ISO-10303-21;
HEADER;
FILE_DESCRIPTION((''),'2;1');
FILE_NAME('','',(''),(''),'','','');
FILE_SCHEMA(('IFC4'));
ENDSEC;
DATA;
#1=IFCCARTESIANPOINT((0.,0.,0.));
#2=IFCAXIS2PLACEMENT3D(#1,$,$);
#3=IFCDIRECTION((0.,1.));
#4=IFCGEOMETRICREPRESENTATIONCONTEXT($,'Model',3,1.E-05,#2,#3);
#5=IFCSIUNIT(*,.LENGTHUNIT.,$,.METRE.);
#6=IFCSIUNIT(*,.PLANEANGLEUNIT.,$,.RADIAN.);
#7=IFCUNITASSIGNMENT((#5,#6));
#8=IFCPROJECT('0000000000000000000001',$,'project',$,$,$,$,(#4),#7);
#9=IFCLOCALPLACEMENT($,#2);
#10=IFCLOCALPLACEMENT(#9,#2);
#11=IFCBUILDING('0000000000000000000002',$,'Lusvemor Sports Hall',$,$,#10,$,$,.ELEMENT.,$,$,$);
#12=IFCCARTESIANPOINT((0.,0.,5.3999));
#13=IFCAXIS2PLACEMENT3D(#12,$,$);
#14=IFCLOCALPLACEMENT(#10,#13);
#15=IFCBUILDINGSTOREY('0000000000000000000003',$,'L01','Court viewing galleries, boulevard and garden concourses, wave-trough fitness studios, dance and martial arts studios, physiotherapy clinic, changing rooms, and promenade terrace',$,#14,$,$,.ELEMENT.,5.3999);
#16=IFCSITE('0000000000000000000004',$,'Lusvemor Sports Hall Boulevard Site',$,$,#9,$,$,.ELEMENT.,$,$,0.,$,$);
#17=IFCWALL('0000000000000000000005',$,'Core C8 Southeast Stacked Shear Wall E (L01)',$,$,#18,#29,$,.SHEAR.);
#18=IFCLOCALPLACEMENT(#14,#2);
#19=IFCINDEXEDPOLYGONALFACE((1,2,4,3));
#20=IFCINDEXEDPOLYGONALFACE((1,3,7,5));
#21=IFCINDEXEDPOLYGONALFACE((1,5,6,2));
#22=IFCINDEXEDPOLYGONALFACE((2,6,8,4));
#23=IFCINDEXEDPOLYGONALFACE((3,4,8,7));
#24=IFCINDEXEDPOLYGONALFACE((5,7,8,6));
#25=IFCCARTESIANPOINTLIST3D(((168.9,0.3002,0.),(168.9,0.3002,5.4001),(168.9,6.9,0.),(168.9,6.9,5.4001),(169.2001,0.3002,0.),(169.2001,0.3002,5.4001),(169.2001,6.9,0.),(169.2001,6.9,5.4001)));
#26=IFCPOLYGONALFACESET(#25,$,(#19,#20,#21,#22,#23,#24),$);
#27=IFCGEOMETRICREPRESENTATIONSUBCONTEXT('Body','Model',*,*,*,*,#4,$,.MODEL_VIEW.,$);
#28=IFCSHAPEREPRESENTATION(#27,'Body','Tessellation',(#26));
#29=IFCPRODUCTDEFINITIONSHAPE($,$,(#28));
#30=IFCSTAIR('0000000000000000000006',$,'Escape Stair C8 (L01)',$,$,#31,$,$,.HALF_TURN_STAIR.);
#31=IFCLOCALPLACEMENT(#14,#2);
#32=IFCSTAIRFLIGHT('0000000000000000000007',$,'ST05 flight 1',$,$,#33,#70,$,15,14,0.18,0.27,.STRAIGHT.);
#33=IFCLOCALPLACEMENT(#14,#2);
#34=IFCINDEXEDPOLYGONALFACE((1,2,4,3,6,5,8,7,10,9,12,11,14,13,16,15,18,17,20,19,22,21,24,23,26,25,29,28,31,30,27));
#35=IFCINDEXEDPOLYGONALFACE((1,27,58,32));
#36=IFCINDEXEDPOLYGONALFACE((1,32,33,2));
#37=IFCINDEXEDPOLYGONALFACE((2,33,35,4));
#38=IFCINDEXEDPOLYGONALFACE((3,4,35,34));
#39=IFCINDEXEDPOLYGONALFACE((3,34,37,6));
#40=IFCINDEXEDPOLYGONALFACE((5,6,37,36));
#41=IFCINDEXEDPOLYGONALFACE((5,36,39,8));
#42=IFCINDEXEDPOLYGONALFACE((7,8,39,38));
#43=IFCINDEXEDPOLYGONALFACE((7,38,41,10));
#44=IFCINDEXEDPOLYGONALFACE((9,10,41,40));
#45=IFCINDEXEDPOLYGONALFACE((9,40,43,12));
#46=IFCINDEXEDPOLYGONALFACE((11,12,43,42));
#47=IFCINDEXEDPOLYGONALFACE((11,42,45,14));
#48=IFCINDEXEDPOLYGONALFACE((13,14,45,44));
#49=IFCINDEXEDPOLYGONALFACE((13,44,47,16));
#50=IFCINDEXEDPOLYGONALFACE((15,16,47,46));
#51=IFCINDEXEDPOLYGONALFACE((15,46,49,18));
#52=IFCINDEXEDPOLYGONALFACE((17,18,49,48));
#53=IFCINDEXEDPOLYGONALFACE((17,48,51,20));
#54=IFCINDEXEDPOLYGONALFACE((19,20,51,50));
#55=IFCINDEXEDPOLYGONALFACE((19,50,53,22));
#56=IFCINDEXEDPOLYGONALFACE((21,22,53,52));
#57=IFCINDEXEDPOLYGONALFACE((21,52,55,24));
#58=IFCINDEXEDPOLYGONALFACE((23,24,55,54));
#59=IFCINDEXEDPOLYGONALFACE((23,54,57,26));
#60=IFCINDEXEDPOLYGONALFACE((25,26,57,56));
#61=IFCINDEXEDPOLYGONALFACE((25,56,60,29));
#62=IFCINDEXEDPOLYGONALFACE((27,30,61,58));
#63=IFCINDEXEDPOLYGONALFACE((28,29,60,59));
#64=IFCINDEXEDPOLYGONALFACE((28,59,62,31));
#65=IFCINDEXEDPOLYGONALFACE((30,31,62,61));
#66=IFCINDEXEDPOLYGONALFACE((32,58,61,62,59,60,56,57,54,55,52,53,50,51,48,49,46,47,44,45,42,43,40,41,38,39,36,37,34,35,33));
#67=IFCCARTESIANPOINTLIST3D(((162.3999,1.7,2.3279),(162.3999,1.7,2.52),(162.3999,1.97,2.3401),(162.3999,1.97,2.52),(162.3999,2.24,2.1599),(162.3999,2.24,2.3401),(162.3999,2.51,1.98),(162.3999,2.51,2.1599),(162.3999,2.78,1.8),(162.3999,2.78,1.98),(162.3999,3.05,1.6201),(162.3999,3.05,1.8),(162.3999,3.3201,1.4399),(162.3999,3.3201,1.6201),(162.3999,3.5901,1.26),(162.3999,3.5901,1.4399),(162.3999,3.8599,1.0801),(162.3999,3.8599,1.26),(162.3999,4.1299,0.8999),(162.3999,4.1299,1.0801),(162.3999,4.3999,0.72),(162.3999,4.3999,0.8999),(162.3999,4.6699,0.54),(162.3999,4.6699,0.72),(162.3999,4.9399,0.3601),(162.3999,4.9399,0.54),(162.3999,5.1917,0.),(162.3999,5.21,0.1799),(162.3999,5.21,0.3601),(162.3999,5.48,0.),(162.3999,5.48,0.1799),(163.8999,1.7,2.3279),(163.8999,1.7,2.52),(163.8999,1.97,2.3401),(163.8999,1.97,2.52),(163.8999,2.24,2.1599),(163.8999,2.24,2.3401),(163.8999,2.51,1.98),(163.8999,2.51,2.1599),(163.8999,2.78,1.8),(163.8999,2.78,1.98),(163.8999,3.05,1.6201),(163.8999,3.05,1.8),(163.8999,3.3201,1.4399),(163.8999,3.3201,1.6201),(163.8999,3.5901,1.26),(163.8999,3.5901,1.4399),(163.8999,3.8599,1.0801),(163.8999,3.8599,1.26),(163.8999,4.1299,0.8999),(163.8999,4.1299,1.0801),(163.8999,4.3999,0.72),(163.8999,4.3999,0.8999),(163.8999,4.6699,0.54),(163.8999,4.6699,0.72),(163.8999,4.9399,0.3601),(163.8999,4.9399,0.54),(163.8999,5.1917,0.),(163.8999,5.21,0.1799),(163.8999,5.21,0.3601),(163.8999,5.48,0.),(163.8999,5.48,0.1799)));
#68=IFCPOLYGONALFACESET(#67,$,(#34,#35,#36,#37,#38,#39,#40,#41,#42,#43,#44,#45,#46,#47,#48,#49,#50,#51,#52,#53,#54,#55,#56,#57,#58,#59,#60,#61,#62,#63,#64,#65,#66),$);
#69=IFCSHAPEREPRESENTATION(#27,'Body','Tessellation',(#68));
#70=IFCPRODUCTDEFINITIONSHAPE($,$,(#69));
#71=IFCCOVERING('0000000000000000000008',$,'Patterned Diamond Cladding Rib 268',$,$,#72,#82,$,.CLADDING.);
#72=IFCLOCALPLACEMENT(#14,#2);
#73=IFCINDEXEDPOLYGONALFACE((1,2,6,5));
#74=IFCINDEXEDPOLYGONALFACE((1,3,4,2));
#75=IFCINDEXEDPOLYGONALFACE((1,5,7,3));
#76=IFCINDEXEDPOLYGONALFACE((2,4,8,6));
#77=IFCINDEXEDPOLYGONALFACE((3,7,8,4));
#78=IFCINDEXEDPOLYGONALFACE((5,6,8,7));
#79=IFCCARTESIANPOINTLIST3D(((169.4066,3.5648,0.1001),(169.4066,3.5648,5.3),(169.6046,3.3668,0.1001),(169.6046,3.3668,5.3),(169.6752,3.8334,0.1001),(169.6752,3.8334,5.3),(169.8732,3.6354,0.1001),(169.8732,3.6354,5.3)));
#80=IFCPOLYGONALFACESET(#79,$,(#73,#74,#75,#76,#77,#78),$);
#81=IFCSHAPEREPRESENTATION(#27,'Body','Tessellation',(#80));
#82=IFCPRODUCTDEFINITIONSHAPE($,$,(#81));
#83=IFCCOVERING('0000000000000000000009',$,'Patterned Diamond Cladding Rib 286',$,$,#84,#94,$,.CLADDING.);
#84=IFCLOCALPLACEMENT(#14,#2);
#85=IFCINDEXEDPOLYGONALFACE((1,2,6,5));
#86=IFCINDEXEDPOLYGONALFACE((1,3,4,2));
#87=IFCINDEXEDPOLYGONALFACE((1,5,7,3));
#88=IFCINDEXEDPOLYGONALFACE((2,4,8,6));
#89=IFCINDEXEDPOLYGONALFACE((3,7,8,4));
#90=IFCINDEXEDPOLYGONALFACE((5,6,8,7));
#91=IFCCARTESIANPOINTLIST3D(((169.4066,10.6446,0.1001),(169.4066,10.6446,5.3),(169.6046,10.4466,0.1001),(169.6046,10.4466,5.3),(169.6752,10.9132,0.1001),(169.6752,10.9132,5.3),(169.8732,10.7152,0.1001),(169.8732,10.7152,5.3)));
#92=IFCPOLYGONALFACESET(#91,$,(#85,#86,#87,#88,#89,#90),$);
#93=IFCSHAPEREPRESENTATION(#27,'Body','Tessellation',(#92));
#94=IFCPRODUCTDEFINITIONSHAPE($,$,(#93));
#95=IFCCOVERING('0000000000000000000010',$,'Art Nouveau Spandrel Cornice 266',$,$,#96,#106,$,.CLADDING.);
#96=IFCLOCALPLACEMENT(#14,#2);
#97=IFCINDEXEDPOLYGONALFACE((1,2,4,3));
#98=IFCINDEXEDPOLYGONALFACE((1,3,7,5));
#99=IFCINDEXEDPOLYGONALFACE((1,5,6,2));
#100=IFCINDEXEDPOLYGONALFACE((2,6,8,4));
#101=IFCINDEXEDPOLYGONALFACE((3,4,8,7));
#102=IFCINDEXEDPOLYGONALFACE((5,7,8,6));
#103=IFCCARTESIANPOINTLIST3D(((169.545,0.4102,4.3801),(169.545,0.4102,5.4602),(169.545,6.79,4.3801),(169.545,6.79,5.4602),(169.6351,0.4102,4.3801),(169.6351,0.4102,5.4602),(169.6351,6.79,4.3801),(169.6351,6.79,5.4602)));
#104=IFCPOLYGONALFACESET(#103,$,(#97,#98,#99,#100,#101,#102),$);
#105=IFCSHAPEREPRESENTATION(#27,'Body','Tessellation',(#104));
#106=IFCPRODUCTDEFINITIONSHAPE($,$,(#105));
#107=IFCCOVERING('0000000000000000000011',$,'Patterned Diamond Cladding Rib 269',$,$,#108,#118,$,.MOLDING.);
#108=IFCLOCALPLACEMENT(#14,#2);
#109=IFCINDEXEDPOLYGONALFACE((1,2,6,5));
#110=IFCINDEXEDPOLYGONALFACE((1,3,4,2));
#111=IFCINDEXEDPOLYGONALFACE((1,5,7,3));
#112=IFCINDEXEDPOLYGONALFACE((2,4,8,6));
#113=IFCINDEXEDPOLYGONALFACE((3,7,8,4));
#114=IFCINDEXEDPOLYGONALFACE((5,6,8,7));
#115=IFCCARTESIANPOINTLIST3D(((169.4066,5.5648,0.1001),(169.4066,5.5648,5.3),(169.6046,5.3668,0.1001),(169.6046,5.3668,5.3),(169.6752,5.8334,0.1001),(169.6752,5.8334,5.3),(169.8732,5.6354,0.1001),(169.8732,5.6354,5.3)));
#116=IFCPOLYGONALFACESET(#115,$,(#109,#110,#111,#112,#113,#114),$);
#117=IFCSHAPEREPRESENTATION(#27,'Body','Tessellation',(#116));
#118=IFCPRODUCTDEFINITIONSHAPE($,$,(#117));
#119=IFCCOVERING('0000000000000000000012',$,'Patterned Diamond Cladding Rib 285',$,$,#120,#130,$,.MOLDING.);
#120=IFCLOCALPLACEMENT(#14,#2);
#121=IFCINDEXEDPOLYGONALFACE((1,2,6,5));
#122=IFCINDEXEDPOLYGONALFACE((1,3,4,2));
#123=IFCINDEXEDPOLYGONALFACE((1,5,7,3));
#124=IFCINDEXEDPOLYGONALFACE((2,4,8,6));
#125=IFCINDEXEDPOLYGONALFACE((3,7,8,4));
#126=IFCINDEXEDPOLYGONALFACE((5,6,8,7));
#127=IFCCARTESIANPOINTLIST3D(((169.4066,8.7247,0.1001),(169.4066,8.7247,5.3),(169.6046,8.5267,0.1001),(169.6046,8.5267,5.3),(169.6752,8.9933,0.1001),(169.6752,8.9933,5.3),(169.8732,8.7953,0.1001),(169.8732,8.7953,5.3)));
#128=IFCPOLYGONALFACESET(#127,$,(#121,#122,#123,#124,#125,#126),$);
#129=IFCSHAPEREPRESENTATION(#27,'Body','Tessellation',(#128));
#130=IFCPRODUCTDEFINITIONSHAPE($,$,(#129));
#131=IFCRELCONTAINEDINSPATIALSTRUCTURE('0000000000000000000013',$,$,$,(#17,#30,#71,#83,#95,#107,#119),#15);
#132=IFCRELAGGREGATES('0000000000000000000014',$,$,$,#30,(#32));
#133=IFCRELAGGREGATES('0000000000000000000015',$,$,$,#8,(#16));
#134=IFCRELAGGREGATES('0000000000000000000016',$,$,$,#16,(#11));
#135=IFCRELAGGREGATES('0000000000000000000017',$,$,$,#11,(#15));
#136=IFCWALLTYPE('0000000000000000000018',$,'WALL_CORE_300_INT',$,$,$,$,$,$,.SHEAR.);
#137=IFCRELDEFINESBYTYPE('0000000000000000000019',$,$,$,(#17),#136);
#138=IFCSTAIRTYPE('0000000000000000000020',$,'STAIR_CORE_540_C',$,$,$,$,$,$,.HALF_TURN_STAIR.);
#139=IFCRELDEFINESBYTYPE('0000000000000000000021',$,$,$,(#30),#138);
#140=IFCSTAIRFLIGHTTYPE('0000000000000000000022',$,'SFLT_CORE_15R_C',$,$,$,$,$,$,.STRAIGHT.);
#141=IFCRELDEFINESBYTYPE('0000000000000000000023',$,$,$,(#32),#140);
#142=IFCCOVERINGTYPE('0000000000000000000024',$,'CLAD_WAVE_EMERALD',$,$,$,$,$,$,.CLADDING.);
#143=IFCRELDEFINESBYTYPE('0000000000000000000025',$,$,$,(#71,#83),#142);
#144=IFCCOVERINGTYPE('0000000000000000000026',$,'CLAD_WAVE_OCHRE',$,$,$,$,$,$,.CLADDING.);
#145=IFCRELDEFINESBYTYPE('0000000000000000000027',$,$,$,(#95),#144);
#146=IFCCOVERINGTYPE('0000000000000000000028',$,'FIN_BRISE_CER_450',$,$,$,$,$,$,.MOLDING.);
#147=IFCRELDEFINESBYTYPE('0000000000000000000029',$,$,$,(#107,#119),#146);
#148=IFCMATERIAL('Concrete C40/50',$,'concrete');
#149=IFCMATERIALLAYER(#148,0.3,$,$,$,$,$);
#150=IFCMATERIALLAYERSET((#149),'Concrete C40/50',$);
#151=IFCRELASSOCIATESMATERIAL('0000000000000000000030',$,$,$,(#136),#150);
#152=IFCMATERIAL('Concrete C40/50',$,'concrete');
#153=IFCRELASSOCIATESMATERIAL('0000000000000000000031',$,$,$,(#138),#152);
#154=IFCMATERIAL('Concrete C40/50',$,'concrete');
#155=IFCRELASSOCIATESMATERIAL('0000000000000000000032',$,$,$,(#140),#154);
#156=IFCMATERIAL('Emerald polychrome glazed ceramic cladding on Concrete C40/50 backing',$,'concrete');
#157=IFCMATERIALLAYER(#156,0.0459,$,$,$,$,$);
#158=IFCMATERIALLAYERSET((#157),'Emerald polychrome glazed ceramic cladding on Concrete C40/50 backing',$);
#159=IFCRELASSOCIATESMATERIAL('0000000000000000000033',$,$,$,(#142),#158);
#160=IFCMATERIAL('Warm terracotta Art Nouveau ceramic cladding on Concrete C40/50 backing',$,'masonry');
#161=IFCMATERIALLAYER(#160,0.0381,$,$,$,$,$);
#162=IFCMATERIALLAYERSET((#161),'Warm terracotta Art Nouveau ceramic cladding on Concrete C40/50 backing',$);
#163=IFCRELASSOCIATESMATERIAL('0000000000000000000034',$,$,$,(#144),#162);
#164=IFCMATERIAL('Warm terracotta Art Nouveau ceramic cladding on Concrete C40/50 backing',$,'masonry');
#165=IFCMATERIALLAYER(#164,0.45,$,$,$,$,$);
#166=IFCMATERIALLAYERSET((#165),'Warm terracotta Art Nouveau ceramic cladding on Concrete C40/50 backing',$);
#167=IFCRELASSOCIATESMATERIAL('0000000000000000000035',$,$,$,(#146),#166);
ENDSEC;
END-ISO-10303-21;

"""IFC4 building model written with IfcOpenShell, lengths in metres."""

from ifc_helpers import new_model, si_unit, direction, frame, frame_2d, origin, origin_2d, place, context, subcontext, project, spatial, polyline, rectangle, outline, extrude, material, layer, layer_set, type_object, element, aggregate, save


model = new_model("IFC4")

# Units and contexts
model_context = context("Model", 3, precision=1e-05, world=origin(), true_north=direction((0.0, 1.0)))
body_context = subcontext(model_context, "Body", "Model", "MODEL_VIEW")
ifc_project = project(units=[si_unit("LENGTHUNIT", "METRE"), si_unit("PLANEANGLEUNIT", "RADIAN")], contexts=[model_context])

# Site, building, storey
site_placement = place(None, origin())
site = spatial("IfcSite", under=ifc_project, at=site_placement, Name="Lusvemor Sports Hall Boulevard Site", CompositionType="ELEMENT", RefElevation=0.0)
building_placement = place(site_placement, origin())
building = spatial("IfcBuilding", under=site, at=building_placement, Name="Lusvemor Sports Hall", CompositionType="ELEMENT")
storey_placement = place(building_placement, frame((0.0, 0.0, 5.3999)))
storey = spatial("IfcBuildingStorey", under=building, at=storey_placement, Name="L01", Description="Court viewing galleries, boulevard and garden concourses, wave-trough fitness studios, dance and martial arts studios, physiotherapy clinic, changing rooms, and promenade terrace", CompositionType="ELEMENT", Elevation=5.3999)

# Wall
ifc_material_1 = material(Name="Concrete C40/50", Category="concrete")
ifc_layer_1 = layer(ifc_material_1, 0.3)
ifc_layer_set_1 = layer_set([ifc_layer_1], Name="Concrete C40/50")
wall_type = type_object("IfcWallType", Name="WALL_CORE_300_INT", PredefinedType="SHEAR", material=ifc_layer_set_1)
wall_1_placement = place(storey_placement, frame((169.05, 6.8999, 0.0), z_axis=(0.0, 0.0, 1.0), x_axis=(0.0, -1.0, 0.0)))
element("IfcWall", 1, at=wall_1_placement, inside=storey, type_object=wall_type, Name="Core C8 Southeast Stacked Shear Wall E (L01)", PredefinedType="SHEAR", context=body_context, shape_type="SweptSolid", body=[
    extrude(rectangle(XDim=6.5999, YDim=0.3, at=frame_2d((3.2998, 0.0))), origin(), (0.0, 0.0, 1.0), 5.4001),
])

# Stair, stair flight
ifc_material_2 = material(Name="Concrete C40/50", Category="concrete")
stair_type = type_object("IfcStairType", Name="STAIR_CORE_540_C", PredefinedType="HALF_TURN_STAIR", material=ifc_material_2)
stair_placement = place(storey_placement, origin())
stair = element("IfcStair", 2, at=stair_placement, inside=storey, type_object=stair_type, Name="Escape Stair C8 (L01)", PredefinedType="HALF_TURN_STAIR")
ifc_material_3 = material(Name="Concrete C40/50", Category="concrete")
stair_flight_type = type_object("IfcStairFlightType", Name="SFLT_CORE_15R_C", PredefinedType="STRAIGHT", material=ifc_material_3)
stair_flight_placement = place(storey_placement, frame((163.1499, 5.48, 0.0), z_axis=(0.0, 0.0, 1.0), x_axis=(0.0, -1.0, 0.0)))
stair_flight = element("IfcStairFlight", 3, at=stair_flight_placement, type_object=stair_flight_type, Name="ST05 flight 1", NumberOfRisers=15, NumberOfTreads=14, PredefinedType="STRAIGHT", RiserHeight=0.18, TreadLength=0.27, context=body_context, shape_type="SweptSolid", body=[
    extrude(outline(polyline([(0.0, 0.0), (0.0, 0.1799), (0.27, 0.1799), (0.27, 0.3601), (0.54, 0.3601), (0.54, 0.54), (0.8101, 0.54), (0.8101, 0.72), (1.0801, 0.72), (1.0801, 0.8999), (1.3501, 0.8999), (1.3501, 1.0801), (1.6201, 1.0801), (1.6201, 1.26), (1.8899, 1.26), (1.8899, 1.4399), (2.1599, 1.4399), (2.1599, 1.6201), (2.4299, 1.6201), (2.4299, 1.8), (2.7, 1.8), (2.7, 1.98), (2.97, 1.98), (2.97, 2.1599), (3.24, 2.1599), (3.24, 2.3401), (3.51, 2.3401), (3.51, 2.52), (3.78, 2.52), (3.78, 2.7), (3.78, 2.3279), (0.2883, 0.0), (0.0, 0.0)])), frame((0.0, 0.75, 0.0), z_axis=(0.0, -1.0, 0.0), x_axis=(1.0, 0.0, 0.0)), (0.0, 0.0, 1.0), 1.5),
])
aggregate(stair, [stair_flight])

# Coverings
ifc_material_4 = material(Name="Emerald polychrome glazed ceramic cladding on Concrete C40/50 backing", Category="concrete")
ifc_layer_2 = layer(ifc_material_4, 0.0459)
ifc_layer_set_2 = layer_set([ifc_layer_2], Name="Emerald polychrome glazed ceramic cladding on Concrete C40/50 backing")
covering_type_1 = type_object("IfcCoveringType", Name="CLAD_WAVE_EMERALD", PredefinedType="CLADDING", material=ifc_layer_set_2)
for number, where, z_axis, x_axis, name in (
    (4, (169.6399, 3.6001, 0.1001), (0.0, 0.0, 1.0), (0.707107, 0.707107, 0.0), "Patterned Diamond Cladding Rib 268"),
    (5, (169.6399, 10.6799, 0.1001), (0.0, 0.0, 1.0), (0.707107, 0.707107, 0.0), "Patterned Diamond Cladding Rib 286"),
):
    element("IfcCovering", number, at=place(storey_placement, frame(where, z_axis=z_axis, x_axis=x_axis)), inside=storey, type_object=covering_type_1, Name=name, PredefinedType="CLADDING", context=body_context, shape_type="SweptSolid", body=[
        extrude(rectangle(XDim=0.3799, YDim=0.28, at=origin_2d()), origin(), (0.0, 0.0, 1.0), 5.2),
    ])
ifc_material_5 = material(Name="Warm terracotta Art Nouveau ceramic cladding on Concrete C40/50 backing", Category="masonry")
ifc_layer_3 = layer(ifc_material_5, 0.0381)
ifc_layer_set_3 = layer_set([ifc_layer_3], Name="Warm terracotta Art Nouveau ceramic cladding on Concrete C40/50 backing")
covering_type_2 = type_object("IfcCoveringType", Name="CLAD_WAVE_OCHRE", PredefinedType="CLADDING", material=ifc_layer_set_3)
covering_placement = place(storey_placement, frame((169.5901, 3.6001, 4.3801), z_axis=(0.0, 0.0, 1.0), x_axis=(1.0, 0.0, 0.0)))
element("IfcCovering", 6, at=covering_placement, inside=storey, type_object=covering_type_2, Name="Art Nouveau Spandrel Cornice 266", PredefinedType="CLADDING", context=body_context, shape_type="SweptSolid", body=[
    extrude(rectangle(XDim=0.0901, YDim=6.3799, at=origin_2d()), origin(), (0.0, 0.0, 1.0), 1.0801),
])
ifc_material_6 = material(Name="Warm terracotta Art Nouveau ceramic cladding on Concrete C40/50 backing", Category="masonry")
ifc_layer_4 = layer(ifc_material_6, 0.45)
ifc_layer_set_4 = layer_set([ifc_layer_4], Name="Warm terracotta Art Nouveau ceramic cladding on Concrete C40/50 backing")
covering_type_3 = type_object("IfcCoveringType", Name="FIN_BRISE_CER_450", PredefinedType="MOLDING", material=ifc_layer_set_4)
for number, where, z_axis, x_axis, name in (
    (7, (169.6399, 5.6001, 0.1001), (0.0, 0.0, 1.0), (0.707107, 0.707107, 0.0), "Patterned Diamond Cladding Rib 269"),
    (8, (169.6399, 8.76, 0.1001), (0.0, 0.0, 1.0), (0.707107, 0.707107, 0.0), "Patterned Diamond Cladding Rib 285"),
):
    element("IfcCovering", number, at=place(storey_placement, frame(where, z_axis=z_axis, x_axis=x_axis)), inside=storey, type_object=covering_type_3, Name=name, PredefinedType="MOLDING", context=body_context, shape_type="SweptSolid", body=[
        extrude(rectangle(XDim=0.3799, YDim=0.28, at=origin_2d()), origin(), (0.0, 0.0, 1.0), 5.2),
    ])

save(model, "model.ifc")
